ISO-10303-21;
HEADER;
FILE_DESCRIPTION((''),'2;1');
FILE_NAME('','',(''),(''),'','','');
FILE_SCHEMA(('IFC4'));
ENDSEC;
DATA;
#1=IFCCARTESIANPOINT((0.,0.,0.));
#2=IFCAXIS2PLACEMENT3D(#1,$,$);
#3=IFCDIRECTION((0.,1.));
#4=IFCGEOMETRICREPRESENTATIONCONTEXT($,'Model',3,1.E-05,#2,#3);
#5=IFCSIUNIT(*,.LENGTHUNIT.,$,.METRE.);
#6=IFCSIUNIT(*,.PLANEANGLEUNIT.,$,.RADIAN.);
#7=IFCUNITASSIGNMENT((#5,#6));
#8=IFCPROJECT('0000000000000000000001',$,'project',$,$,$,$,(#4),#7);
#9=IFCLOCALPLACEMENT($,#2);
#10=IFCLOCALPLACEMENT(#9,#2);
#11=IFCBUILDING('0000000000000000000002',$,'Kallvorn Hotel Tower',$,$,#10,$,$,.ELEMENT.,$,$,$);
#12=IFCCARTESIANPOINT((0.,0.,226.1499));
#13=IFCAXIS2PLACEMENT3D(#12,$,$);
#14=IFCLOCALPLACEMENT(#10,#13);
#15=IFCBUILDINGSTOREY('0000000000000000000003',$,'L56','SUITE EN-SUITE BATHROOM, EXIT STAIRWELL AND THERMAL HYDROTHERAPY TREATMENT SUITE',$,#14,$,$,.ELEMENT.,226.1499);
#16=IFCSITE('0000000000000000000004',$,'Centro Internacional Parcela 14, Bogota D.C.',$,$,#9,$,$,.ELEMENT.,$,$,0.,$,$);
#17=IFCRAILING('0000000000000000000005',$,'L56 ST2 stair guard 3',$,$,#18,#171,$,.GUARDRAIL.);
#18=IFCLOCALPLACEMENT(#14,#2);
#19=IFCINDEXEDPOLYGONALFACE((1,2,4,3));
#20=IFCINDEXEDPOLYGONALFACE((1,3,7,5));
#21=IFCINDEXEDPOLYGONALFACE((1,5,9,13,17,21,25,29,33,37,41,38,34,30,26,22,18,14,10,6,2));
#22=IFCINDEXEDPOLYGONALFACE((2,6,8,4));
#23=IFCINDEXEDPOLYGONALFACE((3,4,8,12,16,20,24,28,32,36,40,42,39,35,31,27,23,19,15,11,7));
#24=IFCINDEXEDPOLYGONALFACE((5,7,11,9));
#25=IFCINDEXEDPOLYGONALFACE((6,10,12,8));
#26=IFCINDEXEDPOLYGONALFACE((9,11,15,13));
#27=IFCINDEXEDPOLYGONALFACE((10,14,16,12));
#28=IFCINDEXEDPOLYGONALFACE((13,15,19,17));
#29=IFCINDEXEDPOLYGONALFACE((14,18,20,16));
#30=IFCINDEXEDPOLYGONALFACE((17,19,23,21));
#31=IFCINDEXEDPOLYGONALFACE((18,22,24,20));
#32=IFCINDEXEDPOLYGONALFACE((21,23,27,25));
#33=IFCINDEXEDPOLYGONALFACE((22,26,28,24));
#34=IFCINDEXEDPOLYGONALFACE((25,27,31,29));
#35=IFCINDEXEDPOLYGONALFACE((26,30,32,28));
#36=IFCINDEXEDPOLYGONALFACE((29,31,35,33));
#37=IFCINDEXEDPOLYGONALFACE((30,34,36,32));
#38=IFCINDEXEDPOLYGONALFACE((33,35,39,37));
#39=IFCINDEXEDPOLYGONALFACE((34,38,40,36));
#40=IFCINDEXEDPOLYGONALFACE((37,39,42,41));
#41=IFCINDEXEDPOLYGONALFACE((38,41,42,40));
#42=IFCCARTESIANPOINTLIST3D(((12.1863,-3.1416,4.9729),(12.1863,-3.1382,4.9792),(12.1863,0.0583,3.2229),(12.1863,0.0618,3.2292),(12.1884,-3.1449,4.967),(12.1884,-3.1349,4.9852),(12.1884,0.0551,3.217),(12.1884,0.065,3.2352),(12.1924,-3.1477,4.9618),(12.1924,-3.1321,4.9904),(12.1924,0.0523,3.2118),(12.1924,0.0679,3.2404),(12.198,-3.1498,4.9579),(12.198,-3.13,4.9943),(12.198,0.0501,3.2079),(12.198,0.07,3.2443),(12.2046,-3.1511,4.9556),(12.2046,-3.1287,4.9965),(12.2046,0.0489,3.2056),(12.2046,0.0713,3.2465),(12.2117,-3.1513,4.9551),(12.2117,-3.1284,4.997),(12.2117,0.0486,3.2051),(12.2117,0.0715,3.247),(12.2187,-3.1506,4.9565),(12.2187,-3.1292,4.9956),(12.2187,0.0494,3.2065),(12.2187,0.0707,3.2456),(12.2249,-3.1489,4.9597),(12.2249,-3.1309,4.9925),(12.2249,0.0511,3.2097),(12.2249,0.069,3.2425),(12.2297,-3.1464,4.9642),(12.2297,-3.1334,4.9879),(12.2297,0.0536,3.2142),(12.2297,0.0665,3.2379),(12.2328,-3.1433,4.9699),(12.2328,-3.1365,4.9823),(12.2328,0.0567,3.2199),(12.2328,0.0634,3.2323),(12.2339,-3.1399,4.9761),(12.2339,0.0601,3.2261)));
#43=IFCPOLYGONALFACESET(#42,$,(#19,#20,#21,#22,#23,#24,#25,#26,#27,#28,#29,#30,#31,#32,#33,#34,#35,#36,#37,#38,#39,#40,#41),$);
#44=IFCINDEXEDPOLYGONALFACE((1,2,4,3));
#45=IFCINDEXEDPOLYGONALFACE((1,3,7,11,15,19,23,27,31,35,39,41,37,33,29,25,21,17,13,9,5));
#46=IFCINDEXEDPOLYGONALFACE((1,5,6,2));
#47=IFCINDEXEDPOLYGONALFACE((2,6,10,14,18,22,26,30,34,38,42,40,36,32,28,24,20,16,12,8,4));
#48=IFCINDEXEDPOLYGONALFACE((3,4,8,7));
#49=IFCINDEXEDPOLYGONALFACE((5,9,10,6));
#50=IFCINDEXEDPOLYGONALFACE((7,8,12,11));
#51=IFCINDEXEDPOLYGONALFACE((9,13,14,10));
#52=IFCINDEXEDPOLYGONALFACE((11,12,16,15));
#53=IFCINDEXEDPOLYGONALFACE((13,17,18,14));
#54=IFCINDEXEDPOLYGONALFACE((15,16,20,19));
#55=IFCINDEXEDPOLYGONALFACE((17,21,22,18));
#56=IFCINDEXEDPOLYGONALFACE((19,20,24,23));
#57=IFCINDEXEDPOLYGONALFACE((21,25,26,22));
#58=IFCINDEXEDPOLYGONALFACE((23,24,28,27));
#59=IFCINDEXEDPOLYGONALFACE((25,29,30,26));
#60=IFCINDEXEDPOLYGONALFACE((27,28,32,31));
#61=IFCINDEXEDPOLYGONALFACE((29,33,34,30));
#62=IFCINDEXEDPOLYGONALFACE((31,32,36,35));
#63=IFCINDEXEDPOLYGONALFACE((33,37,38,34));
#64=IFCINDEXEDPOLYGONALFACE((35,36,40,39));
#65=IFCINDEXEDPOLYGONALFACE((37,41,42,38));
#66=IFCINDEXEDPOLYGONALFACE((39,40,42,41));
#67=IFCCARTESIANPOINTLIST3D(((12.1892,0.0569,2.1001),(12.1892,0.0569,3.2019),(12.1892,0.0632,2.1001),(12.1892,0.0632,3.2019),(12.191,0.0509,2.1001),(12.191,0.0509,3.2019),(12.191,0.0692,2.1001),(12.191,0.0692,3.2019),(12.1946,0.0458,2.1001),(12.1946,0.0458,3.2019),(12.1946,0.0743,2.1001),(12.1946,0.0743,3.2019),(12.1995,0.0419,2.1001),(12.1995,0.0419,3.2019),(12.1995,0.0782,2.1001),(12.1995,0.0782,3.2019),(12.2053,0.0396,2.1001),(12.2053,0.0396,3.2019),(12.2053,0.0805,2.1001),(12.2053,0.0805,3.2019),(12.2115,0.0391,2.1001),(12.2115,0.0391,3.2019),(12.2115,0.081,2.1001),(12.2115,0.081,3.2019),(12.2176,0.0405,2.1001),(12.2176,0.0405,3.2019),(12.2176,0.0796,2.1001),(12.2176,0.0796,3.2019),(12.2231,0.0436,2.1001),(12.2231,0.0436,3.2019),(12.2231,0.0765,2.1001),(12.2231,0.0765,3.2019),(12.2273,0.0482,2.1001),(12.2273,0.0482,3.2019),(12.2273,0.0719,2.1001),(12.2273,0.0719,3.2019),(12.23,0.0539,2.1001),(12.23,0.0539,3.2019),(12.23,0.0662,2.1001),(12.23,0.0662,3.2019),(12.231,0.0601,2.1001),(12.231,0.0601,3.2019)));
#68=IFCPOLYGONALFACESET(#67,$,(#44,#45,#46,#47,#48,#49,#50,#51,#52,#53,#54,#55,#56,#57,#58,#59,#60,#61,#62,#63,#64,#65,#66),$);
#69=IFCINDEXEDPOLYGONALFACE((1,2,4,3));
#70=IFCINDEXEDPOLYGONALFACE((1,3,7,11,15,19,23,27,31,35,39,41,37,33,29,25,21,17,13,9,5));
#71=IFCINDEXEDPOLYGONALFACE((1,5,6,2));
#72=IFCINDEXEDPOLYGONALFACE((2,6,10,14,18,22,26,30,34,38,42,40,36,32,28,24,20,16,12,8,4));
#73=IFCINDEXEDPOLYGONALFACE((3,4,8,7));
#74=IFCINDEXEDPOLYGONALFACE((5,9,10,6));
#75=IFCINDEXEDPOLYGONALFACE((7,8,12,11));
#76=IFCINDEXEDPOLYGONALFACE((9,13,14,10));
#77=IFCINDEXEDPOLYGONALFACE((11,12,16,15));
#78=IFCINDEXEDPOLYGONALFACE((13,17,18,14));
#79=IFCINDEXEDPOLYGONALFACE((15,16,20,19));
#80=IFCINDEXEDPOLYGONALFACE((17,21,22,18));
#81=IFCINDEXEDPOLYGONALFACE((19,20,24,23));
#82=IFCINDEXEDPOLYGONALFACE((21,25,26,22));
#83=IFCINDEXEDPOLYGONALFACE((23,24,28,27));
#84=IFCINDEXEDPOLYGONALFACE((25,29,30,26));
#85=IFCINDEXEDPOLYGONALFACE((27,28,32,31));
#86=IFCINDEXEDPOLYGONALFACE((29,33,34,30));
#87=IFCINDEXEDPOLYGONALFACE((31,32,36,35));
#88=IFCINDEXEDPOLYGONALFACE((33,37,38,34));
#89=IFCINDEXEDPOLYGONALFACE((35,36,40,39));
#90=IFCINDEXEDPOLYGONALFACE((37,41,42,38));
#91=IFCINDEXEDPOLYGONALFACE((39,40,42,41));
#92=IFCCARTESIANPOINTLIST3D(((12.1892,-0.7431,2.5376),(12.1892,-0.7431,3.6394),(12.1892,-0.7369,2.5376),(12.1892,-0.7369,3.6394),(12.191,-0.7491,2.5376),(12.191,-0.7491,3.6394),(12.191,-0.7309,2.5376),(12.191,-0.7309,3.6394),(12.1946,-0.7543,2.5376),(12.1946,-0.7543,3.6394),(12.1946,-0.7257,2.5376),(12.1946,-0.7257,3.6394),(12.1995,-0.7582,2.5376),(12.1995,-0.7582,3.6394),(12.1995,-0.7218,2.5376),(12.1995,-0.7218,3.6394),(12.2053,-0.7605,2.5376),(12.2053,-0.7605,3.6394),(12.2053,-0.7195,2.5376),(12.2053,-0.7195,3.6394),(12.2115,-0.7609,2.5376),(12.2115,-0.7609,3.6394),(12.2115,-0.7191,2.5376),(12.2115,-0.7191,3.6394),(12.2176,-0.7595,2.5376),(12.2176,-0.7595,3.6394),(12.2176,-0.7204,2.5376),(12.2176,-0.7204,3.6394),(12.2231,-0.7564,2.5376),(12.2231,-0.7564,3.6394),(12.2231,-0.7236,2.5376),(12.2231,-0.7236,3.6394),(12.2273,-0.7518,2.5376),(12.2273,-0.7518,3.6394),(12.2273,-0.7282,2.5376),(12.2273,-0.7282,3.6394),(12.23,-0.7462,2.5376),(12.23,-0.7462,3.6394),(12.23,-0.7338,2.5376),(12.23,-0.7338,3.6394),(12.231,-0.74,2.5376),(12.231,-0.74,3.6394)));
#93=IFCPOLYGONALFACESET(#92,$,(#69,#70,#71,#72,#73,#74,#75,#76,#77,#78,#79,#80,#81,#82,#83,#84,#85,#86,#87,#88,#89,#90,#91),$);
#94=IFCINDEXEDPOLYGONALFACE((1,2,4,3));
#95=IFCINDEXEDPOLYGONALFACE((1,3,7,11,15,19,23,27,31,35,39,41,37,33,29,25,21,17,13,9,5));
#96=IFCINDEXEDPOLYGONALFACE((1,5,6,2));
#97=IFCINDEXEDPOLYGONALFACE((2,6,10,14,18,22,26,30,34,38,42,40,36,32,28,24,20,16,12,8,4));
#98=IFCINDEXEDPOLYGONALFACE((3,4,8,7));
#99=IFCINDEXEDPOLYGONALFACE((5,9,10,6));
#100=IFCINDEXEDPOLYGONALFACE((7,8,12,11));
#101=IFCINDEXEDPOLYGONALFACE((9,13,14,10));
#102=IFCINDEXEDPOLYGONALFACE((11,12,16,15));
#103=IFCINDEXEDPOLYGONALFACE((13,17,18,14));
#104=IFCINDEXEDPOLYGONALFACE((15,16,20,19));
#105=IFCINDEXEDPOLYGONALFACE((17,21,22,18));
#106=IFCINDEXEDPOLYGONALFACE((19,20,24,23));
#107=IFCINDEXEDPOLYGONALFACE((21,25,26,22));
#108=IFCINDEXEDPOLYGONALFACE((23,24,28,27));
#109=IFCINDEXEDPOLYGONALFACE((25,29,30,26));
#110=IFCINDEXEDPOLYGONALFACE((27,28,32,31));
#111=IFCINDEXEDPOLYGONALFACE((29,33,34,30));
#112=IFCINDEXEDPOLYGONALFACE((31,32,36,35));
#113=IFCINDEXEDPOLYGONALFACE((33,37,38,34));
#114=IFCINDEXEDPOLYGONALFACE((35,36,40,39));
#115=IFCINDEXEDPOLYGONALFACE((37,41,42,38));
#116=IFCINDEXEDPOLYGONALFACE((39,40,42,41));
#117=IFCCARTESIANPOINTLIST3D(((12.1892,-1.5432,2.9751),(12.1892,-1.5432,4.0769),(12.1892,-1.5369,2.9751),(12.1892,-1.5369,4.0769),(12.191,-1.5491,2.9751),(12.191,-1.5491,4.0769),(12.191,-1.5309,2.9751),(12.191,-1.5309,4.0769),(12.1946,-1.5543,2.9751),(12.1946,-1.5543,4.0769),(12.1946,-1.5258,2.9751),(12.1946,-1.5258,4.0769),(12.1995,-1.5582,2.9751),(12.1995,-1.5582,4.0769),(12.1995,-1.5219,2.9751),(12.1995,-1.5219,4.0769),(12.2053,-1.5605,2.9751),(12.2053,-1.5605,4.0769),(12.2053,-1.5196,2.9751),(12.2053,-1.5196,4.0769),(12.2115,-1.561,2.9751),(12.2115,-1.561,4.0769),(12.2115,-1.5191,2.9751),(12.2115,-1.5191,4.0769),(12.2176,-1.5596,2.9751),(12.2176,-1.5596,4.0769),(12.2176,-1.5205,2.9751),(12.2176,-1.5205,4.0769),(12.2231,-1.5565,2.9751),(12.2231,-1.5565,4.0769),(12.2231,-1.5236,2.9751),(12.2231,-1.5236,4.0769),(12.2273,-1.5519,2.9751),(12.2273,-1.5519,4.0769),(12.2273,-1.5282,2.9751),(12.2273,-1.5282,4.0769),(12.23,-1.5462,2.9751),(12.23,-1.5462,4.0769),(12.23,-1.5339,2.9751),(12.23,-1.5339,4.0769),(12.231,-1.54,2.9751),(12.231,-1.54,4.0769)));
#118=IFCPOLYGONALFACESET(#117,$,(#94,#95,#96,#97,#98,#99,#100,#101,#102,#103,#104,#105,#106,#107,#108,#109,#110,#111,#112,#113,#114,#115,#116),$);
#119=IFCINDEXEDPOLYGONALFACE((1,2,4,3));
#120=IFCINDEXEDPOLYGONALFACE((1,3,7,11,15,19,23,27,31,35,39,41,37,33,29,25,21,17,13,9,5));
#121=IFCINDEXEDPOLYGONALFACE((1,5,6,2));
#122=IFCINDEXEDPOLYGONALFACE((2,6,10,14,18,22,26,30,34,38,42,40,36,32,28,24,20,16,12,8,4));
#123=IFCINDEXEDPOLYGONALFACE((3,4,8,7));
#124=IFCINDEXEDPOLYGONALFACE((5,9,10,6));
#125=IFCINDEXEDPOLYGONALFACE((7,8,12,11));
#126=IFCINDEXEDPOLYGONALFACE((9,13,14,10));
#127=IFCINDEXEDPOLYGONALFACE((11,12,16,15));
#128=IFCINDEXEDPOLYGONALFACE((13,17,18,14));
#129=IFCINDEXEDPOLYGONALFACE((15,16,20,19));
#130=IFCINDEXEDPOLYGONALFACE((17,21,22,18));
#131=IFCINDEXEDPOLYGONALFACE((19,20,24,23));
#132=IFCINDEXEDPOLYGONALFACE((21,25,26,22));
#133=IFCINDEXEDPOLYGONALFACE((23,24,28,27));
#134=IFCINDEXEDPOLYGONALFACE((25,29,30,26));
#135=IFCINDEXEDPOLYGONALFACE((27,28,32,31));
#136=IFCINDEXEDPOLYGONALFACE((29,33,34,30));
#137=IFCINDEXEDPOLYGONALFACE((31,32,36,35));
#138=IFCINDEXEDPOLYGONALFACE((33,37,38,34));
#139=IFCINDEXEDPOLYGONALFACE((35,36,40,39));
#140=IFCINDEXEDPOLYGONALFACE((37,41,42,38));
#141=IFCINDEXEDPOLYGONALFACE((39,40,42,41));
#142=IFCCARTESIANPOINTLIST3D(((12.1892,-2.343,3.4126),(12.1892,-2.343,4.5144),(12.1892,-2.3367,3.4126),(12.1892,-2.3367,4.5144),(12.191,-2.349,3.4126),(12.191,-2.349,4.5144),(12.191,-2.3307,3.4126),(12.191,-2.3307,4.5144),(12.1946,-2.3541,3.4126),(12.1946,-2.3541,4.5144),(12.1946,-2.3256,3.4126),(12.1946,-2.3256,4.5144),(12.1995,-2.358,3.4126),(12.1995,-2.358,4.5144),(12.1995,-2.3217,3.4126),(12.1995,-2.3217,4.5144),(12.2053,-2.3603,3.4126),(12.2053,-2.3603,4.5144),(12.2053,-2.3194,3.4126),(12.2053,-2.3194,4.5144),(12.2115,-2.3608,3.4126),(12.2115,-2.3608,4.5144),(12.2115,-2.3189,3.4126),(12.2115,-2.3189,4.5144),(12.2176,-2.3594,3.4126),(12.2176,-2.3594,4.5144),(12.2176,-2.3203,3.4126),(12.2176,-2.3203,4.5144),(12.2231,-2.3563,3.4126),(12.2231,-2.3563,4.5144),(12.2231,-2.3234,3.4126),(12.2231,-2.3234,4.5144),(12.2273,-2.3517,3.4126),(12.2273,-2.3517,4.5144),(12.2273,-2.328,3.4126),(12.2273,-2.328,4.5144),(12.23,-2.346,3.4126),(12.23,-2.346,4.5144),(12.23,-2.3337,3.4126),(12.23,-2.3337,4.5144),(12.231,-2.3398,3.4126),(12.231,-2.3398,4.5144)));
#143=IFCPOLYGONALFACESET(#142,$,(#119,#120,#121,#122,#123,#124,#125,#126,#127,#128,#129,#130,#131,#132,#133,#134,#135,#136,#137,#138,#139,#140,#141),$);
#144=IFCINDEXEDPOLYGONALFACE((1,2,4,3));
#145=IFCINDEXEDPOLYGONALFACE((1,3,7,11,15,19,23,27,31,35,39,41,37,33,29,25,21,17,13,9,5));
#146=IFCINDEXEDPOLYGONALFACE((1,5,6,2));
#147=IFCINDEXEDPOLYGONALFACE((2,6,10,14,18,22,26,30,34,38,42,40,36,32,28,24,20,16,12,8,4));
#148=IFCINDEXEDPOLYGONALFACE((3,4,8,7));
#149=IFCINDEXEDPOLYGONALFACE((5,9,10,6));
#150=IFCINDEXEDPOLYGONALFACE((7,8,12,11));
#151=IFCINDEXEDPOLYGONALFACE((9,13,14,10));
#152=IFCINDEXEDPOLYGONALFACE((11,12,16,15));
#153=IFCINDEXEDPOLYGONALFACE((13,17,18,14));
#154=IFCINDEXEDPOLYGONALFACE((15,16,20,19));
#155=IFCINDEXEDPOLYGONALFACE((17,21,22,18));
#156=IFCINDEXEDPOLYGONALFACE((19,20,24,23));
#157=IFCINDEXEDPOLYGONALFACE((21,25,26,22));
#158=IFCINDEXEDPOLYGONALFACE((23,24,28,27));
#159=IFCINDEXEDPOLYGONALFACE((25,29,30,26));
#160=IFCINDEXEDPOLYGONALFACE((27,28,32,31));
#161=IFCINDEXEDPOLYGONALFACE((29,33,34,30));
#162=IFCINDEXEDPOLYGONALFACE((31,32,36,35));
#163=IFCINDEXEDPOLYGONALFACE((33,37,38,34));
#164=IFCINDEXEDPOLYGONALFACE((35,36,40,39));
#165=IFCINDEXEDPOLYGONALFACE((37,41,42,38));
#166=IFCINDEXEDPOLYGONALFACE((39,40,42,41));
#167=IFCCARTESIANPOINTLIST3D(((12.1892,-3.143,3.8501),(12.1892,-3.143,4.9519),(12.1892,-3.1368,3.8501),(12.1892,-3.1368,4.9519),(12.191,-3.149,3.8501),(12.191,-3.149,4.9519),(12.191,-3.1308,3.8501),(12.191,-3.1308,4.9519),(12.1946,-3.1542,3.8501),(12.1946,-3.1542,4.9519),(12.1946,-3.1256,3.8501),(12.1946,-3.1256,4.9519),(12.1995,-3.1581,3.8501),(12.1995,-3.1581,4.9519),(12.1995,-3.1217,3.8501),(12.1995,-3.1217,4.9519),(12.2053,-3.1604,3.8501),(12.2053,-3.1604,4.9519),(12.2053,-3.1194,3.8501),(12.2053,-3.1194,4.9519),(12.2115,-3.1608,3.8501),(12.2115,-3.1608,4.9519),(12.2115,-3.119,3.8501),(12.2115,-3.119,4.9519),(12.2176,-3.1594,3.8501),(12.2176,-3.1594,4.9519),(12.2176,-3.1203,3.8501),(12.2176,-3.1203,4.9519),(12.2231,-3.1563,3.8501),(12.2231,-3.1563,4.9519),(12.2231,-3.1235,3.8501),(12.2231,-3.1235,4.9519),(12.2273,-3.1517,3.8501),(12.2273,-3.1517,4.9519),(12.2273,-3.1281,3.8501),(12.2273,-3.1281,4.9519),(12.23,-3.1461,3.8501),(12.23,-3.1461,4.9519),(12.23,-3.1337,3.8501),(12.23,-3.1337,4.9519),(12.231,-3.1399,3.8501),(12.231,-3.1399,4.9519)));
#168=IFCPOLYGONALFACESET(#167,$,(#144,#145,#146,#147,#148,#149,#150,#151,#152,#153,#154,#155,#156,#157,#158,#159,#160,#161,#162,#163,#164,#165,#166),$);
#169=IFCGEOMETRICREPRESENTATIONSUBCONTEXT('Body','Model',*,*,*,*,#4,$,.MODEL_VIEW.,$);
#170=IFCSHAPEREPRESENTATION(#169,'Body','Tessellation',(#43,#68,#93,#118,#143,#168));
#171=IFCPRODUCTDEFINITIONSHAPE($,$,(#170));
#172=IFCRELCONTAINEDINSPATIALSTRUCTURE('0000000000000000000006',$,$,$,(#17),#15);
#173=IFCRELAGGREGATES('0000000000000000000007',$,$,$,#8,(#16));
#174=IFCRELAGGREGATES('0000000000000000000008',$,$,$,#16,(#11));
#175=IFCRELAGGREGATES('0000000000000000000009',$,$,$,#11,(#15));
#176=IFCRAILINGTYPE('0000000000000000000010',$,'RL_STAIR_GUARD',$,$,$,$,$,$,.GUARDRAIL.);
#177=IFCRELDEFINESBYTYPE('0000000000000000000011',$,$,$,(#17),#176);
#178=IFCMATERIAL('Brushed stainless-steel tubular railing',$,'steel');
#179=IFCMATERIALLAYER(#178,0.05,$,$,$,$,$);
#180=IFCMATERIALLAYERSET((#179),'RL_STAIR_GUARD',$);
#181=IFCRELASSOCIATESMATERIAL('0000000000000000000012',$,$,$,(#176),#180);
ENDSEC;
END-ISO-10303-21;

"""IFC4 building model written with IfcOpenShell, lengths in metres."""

from ifc_helpers import new_model, si_unit, direction, frame, origin, origin_2d, place, context, subcontext, project, spatial, circle, extrude, material, layer, layer_set, type_object, element, save


model = new_model("IFC4")

# Units and contexts
model_context = context("Model", 3, precision=1e-05, world=origin(), true_north=direction((0.0, 1.0)))
body_context = subcontext(model_context, "Body", "Model", "MODEL_VIEW")
ifc_project = project(units=[si_unit("LENGTHUNIT", "METRE"), si_unit("PLANEANGLEUNIT", "RADIAN")], contexts=[model_context])

# Site, building, storey
site_placement = place(None, origin())
site = spatial("IfcSite", under=ifc_project, at=site_placement, Name="Centro Internacional Parcela 14, Bogota D.C.", CompositionType="ELEMENT", RefElevation=0.0)
building_placement = place(site_placement, origin())
building = spatial("IfcBuilding", under=site, at=building_placement, Name="Kallvorn Hotel Tower", CompositionType="ELEMENT")
storey_placement = place(building_placement, frame((0.0, 0.0, 226.1499)))
storey = spatial("IfcBuildingStorey", under=building, at=storey_placement, Name="L56", Description="SUITE EN-SUITE BATHROOM, EXIT STAIRWELL AND THERMAL HYDROTHERAPY TREATMENT SUITE", CompositionType="ELEMENT", Elevation=226.1499)

# Railing
ifc_material_1 = material(Name="Brushed stainless-steel tubular railing", Category="steel")
ifc_layer_1 = layer(ifc_material_1, 0.05)
ifc_layer_set_1 = layer_set([ifc_layer_1], Name="RL_STAIR_GUARD")
railing_type_1 = type_object("IfcRailingType", Name="RL_STAIR_GUARD", PredefinedType="GUARDRAIL", material=ifc_layer_set_1)
railing_1_placement = place(storey_placement, frame((12.21, 0.0601, 2.1001)))
element("IfcRailing", 1, at=railing_1_placement, inside=storey, type_object=railing_type_1, Name="L56 ST2 stair guard 3", PredefinedType="GUARDRAIL", context=body_context, shape_type="SweptSolid", body=[
    extrude(circle(Radius=0.0239, at=origin_2d()), frame((0.0, 0.0, 1.126), z_axis=(0.0, -0.877368, 0.479818), x_axis=(1.0, 0.0, 0.0)), (0.0, 0.0, 1.0), 3.6472),
    extrude(circle(Radius=0.021, at=origin_2d()), origin(), (0.0, 0.0, 1.0), 1.1018),
    extrude(circle(Radius=0.021, at=origin_2d()), frame((0.0, -0.8, 0.4375)), (0.0, 0.0, 1.0), 1.1018),
    extrude(circle(Radius=0.021, at=origin_2d()), frame((0.0, -1.6001, 0.875)), (0.0, 0.0, 1.0), 1.1018),
    extrude(circle(Radius=0.021, at=origin_2d()), frame((0.0, -2.3999, 1.3125)), (0.0, 0.0, 1.0), 1.1018),
    extrude(circle(Radius=0.021, at=origin_2d()), frame((0.0, -3.2, 1.75)), (0.0, 0.0, 1.0), 1.1018),
])

save(model, "model.ifc")
